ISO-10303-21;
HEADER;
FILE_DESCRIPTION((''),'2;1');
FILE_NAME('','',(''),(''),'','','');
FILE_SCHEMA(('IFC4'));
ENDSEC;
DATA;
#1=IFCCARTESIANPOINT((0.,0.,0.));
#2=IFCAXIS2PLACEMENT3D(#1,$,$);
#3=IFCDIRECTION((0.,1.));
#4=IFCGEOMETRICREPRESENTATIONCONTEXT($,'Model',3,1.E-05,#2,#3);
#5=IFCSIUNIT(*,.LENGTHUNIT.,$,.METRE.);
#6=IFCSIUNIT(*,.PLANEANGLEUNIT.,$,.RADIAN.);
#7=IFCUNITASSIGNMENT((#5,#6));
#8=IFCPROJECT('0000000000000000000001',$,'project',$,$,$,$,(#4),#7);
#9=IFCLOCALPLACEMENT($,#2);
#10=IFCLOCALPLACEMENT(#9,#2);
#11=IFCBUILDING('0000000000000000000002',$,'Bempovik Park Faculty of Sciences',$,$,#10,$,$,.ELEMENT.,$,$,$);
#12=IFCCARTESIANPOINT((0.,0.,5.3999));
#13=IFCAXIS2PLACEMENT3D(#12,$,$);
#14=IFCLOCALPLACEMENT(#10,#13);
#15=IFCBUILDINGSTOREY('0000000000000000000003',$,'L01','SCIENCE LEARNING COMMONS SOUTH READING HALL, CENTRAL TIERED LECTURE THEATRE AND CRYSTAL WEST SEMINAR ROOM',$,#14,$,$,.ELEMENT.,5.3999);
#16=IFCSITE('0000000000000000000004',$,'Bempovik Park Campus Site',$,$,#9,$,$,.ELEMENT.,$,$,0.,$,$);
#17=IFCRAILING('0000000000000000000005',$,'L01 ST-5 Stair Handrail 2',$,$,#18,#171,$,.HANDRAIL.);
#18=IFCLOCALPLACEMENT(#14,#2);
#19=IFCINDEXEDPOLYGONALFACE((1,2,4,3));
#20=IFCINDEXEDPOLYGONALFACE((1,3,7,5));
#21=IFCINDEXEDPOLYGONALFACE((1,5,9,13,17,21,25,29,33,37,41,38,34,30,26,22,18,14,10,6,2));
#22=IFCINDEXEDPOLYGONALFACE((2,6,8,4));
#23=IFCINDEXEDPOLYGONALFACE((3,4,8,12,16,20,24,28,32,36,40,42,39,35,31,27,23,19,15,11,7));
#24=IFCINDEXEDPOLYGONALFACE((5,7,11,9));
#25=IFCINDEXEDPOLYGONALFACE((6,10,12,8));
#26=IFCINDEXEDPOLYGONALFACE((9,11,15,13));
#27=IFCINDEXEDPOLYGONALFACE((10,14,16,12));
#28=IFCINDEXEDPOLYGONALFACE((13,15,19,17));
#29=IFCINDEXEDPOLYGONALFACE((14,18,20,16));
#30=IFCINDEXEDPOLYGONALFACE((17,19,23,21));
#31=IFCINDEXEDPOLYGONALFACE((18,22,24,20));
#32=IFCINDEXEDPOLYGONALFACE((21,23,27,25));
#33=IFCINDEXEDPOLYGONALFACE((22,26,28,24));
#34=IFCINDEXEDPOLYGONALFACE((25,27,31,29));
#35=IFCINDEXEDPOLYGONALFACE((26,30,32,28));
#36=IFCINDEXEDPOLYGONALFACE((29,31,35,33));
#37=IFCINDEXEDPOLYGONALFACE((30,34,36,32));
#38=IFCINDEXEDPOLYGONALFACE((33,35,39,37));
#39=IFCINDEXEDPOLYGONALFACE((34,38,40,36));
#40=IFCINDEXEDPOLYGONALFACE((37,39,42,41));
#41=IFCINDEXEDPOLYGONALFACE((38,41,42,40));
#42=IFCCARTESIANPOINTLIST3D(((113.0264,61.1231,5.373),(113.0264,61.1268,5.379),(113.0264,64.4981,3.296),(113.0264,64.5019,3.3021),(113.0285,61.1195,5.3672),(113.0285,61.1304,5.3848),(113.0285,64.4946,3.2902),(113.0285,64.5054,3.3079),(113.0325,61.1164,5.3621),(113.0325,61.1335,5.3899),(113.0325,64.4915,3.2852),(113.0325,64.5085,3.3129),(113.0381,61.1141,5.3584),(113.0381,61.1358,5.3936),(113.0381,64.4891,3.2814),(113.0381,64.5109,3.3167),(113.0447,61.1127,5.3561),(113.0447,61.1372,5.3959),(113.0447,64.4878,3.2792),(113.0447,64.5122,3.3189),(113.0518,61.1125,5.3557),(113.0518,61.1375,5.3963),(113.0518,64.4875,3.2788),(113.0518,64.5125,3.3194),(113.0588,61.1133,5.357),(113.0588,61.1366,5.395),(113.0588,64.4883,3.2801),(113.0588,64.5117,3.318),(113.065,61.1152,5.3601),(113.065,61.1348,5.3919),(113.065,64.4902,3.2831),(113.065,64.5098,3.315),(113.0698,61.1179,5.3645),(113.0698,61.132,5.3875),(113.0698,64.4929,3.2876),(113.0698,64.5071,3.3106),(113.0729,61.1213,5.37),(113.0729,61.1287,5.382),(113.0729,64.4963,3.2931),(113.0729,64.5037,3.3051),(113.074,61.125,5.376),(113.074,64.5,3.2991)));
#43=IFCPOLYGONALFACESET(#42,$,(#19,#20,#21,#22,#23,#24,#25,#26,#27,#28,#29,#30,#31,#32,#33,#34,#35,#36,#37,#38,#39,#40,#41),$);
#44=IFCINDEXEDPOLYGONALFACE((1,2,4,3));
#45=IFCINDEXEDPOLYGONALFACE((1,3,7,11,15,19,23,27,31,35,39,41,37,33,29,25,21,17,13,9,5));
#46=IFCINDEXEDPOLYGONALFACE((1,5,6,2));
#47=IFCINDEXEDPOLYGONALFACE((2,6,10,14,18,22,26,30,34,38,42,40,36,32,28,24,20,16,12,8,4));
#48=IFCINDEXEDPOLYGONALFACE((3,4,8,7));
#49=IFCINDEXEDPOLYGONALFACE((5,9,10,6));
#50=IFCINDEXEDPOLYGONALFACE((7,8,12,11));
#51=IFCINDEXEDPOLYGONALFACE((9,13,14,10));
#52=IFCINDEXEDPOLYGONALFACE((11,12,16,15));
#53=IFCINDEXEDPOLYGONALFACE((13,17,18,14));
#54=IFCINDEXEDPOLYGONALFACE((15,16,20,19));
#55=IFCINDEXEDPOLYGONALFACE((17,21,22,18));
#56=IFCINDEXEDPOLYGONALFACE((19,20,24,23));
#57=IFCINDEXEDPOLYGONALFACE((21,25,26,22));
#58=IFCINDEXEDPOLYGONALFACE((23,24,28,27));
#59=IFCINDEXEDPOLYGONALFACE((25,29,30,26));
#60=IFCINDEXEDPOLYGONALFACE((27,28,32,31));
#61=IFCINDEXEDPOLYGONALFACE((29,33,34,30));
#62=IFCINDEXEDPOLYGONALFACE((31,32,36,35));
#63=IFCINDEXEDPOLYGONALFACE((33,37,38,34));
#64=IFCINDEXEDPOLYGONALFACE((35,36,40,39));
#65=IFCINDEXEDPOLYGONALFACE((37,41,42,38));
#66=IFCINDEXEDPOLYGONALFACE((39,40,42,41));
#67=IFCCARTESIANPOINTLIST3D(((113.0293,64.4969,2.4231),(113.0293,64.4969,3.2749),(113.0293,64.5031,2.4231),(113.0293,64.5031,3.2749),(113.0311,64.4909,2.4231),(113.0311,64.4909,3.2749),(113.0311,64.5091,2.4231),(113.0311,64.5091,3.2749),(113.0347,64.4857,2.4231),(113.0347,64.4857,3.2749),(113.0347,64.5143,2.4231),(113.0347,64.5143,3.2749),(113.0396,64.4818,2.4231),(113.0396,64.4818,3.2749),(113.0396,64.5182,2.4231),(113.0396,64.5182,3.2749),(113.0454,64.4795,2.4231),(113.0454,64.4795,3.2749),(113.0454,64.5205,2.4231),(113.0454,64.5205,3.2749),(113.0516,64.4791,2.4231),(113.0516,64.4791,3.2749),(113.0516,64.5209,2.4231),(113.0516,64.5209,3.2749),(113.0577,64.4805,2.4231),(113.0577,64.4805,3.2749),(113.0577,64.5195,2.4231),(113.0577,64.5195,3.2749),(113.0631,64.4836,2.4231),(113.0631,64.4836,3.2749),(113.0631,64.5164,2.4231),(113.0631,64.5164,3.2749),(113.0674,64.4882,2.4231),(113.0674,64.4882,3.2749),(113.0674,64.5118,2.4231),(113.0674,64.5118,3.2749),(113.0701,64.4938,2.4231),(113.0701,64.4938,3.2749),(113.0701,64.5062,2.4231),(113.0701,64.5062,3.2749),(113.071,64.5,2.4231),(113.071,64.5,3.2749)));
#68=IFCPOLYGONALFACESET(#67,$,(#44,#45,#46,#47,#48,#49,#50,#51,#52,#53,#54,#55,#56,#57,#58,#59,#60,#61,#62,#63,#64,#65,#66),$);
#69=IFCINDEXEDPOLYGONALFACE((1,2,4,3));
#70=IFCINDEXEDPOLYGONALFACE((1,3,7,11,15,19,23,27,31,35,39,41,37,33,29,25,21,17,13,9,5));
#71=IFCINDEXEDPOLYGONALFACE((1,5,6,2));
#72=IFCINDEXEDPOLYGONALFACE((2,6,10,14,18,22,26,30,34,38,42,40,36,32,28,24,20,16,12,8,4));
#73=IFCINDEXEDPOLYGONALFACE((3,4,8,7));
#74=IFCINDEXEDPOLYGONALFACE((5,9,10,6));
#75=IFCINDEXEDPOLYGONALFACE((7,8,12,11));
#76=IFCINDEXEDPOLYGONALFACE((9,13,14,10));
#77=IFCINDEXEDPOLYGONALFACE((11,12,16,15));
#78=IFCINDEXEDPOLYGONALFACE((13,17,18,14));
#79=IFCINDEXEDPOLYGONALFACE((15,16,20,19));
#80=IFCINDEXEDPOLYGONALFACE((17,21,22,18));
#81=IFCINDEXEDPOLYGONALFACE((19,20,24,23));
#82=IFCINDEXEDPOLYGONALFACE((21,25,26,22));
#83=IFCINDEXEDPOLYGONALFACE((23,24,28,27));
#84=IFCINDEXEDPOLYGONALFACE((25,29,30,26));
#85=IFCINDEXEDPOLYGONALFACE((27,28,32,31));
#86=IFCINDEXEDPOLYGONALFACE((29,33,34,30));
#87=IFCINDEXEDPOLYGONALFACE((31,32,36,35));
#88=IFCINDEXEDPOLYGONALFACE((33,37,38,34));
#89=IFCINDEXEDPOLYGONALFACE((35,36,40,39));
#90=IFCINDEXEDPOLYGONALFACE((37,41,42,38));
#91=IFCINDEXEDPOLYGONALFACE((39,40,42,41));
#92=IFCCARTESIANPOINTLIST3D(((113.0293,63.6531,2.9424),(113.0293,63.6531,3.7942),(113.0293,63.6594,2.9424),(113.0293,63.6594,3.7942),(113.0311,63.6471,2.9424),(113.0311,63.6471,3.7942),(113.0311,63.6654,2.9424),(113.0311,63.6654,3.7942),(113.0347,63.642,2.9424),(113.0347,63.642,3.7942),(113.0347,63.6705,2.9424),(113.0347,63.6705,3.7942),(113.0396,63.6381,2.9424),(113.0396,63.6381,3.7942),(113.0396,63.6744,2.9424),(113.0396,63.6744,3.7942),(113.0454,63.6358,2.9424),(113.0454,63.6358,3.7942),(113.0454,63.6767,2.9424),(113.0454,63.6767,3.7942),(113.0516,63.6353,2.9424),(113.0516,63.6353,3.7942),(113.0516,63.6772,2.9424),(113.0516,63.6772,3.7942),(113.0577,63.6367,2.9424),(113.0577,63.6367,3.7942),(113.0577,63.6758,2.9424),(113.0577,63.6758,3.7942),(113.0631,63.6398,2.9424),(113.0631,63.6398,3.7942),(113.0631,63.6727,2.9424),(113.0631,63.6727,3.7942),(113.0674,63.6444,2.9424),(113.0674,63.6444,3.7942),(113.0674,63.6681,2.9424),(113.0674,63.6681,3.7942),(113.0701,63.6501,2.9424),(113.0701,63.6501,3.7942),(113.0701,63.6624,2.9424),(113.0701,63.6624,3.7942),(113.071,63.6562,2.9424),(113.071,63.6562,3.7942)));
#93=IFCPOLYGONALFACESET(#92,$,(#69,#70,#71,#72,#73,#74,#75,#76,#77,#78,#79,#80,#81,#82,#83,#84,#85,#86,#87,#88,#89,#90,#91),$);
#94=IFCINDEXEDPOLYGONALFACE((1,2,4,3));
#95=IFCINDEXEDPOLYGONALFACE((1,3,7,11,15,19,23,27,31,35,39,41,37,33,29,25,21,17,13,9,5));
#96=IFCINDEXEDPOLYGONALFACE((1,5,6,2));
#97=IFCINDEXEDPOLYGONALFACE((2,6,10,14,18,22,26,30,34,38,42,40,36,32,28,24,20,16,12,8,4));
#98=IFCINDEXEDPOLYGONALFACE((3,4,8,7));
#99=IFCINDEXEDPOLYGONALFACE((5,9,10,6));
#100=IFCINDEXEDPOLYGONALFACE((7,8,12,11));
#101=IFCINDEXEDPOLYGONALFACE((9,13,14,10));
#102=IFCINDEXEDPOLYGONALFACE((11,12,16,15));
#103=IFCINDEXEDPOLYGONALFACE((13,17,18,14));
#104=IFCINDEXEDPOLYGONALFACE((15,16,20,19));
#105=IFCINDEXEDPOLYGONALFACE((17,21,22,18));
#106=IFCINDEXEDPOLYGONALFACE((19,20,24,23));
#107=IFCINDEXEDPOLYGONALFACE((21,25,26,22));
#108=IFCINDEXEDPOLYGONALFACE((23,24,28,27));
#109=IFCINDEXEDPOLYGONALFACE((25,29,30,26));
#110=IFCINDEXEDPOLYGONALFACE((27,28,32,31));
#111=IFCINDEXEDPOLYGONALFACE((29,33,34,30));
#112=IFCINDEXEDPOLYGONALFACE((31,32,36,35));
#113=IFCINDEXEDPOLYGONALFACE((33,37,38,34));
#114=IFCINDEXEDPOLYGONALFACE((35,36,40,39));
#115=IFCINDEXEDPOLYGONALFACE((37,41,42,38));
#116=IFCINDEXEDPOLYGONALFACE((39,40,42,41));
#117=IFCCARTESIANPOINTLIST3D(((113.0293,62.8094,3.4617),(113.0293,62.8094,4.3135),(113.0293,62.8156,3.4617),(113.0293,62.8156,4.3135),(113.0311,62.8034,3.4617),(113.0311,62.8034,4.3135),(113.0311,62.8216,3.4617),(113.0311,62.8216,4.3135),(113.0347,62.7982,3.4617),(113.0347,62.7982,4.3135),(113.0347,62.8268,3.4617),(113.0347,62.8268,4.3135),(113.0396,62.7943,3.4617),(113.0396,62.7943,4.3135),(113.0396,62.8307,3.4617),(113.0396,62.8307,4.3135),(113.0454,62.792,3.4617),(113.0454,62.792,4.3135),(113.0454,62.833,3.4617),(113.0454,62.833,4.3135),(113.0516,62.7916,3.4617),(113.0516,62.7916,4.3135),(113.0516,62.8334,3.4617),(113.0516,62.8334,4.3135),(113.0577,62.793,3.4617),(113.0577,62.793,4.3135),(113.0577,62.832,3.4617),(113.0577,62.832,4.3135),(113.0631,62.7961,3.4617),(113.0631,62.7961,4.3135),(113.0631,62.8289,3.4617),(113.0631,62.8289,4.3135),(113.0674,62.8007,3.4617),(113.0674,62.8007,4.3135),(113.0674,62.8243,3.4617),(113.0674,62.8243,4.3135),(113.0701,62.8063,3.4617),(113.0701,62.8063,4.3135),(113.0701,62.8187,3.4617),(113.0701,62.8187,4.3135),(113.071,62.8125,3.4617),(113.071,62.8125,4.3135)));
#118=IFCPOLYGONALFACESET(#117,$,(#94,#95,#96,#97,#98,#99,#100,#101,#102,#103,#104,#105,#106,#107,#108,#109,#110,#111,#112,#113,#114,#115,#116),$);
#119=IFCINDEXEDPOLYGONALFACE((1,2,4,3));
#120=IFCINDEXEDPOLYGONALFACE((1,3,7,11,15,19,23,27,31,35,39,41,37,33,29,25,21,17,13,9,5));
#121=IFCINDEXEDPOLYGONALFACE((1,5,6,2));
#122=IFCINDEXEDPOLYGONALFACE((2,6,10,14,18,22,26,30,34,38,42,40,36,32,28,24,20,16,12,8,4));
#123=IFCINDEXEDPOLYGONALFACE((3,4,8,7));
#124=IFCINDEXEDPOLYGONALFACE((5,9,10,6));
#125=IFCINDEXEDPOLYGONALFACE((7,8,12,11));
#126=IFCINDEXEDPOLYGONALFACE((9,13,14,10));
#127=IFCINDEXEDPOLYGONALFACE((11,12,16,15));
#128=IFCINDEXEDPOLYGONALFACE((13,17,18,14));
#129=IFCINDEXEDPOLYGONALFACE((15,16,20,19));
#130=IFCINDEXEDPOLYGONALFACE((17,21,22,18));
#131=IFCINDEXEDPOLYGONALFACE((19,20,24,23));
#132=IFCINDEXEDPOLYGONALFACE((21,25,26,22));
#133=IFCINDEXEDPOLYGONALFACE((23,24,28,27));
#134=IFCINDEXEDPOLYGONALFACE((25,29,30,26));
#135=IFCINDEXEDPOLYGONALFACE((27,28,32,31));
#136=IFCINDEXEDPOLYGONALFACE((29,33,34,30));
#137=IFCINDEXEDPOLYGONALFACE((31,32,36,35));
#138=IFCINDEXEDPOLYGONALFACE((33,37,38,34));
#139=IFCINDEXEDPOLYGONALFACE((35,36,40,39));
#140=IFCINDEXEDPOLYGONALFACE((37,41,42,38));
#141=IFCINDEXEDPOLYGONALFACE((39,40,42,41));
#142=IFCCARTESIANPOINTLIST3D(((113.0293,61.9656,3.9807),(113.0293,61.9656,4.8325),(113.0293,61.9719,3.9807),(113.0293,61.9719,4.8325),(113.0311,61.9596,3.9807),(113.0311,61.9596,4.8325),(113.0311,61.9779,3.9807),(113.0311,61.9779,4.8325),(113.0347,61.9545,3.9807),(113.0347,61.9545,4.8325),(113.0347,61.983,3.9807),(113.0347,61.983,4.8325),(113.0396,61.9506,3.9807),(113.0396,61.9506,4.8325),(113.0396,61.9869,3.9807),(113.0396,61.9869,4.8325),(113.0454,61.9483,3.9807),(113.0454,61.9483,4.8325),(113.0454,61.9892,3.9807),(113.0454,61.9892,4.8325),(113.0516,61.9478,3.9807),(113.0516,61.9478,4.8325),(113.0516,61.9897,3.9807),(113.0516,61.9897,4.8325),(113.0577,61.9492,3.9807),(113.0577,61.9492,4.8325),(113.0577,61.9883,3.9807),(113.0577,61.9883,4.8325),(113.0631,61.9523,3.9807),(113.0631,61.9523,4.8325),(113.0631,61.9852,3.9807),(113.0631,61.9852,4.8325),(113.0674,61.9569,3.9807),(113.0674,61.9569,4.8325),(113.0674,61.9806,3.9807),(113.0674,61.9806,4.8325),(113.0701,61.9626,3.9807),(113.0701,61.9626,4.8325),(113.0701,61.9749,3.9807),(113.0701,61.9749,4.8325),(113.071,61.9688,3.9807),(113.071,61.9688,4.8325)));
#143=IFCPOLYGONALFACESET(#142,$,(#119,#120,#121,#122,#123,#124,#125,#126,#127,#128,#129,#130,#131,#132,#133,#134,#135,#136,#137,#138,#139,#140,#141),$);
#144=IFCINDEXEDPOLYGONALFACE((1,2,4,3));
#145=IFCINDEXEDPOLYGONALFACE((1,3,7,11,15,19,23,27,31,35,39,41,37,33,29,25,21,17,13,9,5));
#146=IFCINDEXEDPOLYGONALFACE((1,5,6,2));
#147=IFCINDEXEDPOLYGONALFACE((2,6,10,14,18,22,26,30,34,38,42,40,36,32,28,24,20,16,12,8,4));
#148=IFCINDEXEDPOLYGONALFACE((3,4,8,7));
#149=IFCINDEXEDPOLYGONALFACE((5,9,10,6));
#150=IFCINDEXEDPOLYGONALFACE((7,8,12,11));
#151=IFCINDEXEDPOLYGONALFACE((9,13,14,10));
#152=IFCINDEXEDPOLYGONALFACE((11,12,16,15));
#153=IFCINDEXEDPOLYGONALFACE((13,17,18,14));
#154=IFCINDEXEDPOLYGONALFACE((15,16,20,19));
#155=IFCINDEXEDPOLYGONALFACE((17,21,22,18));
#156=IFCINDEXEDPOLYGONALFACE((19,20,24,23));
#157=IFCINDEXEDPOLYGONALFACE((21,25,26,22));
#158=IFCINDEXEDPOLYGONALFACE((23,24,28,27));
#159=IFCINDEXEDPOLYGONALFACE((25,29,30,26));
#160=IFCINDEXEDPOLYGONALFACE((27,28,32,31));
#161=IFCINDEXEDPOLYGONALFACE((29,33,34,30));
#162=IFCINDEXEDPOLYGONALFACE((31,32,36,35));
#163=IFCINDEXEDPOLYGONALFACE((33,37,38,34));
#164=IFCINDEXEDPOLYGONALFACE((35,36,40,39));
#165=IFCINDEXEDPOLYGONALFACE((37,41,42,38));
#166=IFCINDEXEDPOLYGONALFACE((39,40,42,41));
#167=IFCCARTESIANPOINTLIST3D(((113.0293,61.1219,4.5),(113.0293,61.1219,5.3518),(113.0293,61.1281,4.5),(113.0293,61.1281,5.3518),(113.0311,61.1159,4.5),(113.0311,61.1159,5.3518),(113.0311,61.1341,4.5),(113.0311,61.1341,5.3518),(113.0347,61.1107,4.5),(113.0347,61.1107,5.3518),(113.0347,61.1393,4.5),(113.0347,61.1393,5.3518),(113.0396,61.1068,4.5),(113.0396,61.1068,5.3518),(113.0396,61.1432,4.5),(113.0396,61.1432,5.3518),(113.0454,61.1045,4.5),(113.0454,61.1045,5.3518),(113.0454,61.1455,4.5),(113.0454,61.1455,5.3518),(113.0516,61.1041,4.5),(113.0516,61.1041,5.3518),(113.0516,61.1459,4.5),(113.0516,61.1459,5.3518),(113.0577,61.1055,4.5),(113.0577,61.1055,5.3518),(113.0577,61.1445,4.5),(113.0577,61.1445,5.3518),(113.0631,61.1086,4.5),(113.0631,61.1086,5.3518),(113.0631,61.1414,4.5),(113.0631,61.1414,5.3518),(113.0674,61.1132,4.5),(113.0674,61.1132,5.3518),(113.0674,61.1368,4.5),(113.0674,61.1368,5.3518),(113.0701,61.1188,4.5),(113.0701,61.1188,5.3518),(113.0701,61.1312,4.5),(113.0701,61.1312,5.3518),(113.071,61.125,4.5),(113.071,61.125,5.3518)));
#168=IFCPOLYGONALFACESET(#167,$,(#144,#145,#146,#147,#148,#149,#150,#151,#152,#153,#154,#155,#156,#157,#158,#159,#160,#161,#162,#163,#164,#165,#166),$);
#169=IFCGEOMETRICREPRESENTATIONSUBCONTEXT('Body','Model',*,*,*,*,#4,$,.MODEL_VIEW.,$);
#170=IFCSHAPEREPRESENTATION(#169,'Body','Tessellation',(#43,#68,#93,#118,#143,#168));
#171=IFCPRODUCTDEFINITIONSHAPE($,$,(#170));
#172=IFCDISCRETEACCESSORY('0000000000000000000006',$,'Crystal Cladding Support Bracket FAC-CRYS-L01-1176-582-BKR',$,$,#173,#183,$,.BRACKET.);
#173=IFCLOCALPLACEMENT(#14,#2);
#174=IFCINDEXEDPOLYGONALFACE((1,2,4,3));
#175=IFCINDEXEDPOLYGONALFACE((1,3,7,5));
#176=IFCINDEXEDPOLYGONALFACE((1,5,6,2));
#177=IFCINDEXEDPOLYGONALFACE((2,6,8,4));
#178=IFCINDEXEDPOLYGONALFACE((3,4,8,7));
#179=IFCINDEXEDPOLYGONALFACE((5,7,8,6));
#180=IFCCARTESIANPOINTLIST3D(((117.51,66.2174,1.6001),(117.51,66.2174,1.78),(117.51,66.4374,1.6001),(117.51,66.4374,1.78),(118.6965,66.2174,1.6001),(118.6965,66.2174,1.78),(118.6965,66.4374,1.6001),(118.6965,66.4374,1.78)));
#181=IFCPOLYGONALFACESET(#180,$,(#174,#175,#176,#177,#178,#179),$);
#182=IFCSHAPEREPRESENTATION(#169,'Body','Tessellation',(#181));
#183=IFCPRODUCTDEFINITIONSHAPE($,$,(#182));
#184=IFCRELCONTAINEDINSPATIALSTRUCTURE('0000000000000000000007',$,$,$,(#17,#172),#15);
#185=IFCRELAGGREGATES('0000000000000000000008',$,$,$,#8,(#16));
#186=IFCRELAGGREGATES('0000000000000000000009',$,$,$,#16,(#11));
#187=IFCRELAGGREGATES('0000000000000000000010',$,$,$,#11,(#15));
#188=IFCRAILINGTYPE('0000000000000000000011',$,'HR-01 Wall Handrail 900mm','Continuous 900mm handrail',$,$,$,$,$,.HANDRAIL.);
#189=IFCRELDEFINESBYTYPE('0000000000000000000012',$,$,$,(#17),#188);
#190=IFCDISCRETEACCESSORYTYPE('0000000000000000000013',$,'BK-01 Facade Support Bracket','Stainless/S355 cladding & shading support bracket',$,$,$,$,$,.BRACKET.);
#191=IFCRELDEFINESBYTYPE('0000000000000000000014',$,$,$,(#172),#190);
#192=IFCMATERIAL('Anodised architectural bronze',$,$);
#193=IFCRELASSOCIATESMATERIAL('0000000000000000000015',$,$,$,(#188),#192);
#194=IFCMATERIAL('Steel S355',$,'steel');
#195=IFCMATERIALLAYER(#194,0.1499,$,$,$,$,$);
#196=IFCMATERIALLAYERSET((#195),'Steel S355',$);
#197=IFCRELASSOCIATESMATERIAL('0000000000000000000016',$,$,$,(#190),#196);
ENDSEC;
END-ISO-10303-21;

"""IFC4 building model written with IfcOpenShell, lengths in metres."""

from ifc_helpers import new_model, si_unit, direction, frame, origin, origin_2d, place, context, subcontext, project, spatial, rectangle, circle, extrude, material, layer, layer_set, type_object, element, save


model = new_model("IFC4")

# Units and contexts
model_context = context("Model", 3, precision=1e-05, world=origin(), true_north=direction((0.0, 1.0)))
body_context = subcontext(model_context, "Body", "Model", "MODEL_VIEW")
ifc_project = project(units=[si_unit("LENGTHUNIT", "METRE"), si_unit("PLANEANGLEUNIT", "RADIAN")], contexts=[model_context])

# Site, building, storey
site_placement = place(None, origin())
site = spatial("IfcSite", under=ifc_project, at=site_placement, Name="Bempovik Park Campus Site", CompositionType="ELEMENT", RefElevation=0.0)
building_placement = place(site_placement, origin())
building = spatial("IfcBuilding", under=site, at=building_placement, Name="Bempovik Park Faculty of Sciences", CompositionType="ELEMENT")
storey_placement = place(building_placement, frame((0.0, 0.0, 5.3999)))
storey = spatial("IfcBuildingStorey", under=building, at=storey_placement, Name="L01", Description="SCIENCE LEARNING COMMONS SOUTH READING HALL, CENTRAL TIERED LECTURE THEATRE AND CRYSTAL WEST SEMINAR ROOM", CompositionType="ELEMENT", Elevation=5.3999)

# Shared definitions
ifc_material_1 = material(Name="Steel S355", Category="steel")

# Railing
ifc_material_2 = material(Name="Anodised architectural bronze")
railing_type_1 = type_object("IfcRailingType", Name="HR-01 Wall Handrail 900mm", Description="Continuous 900mm handrail", PredefinedType="HANDRAIL", material=ifc_material_2)
railing_1_placement = place(storey_placement, frame((113.05, 64.5, 2.4231)))
element("IfcRailing", 1, at=railing_1_placement, inside=storey, type_object=railing_type_1, Name="L01 ST-5 Stair Handrail 2", PredefinedType="HANDRAIL", context=body_context, shape_type="SweptSolid", body=[
    extrude(circle(Radius=0.0239, at=origin_2d()), frame((0.0, 0.0, 0.876), z_axis=(0.0, -0.85166, 0.524094), x_axis=(1.0, 0.0, 0.0)), (0.0, 0.0, 1.0), 3.9629),
    extrude(circle(Radius=0.021, at=origin_2d()), origin(), (0.0, 0.0, 1.0), 0.8518),
    extrude(circle(Radius=0.021, at=origin_2d()), frame((0.0, -0.8438, 0.5193)), (0.0, 0.0, 1.0), 0.8518),
    extrude(circle(Radius=0.021, at=origin_2d()), frame((0.0, -1.6875, 1.0386)), (0.0, 0.0, 1.0), 0.8518),
    extrude(circle(Radius=0.021, at=origin_2d()), frame((0.0, -2.5312, 1.5576)), (0.0, 0.0, 1.0), 0.8518),
    extrude(circle(Radius=0.021, at=origin_2d()), frame((0.0, -3.375, 2.0769)), (0.0, 0.0, 1.0), 0.8518),
])

# Discrete accessory
ifc_layer_1 = layer(ifc_material_1, 0.1499)
ifc_layer_set_1 = layer_set([ifc_layer_1], Name="Steel S355")
discrete_accessory_type = type_object("IfcDiscreteAccessoryType", Name="BK-01 Facade Support Bracket", Description="Stainless/S355 cladding & shading support bracket", PredefinedType="BRACKET", material=ifc_layer_set_1)
discrete_accessory_placement = place(storey_placement, frame((118.1033, 66.3274, 1.6001), z_axis=(0.0, 0.0, 1.0), x_axis=(1.0, 0.0, 0.0)))
element("IfcDiscreteAccessory", 2, at=discrete_accessory_placement, inside=storey, type_object=discrete_accessory_type, Name="Crystal Cladding Support Bracket FAC-CRYS-L01-1176-582-BKR", PredefinedType="BRACKET", context=body_context, shape_type="SweptSolid", body=[
    extrude(rectangle(XDim=1.1865, YDim=0.22, at=origin_2d()), origin(), (0.0, 0.0, 1.0), 0.1799),
])

save(model, "model.ifc")
